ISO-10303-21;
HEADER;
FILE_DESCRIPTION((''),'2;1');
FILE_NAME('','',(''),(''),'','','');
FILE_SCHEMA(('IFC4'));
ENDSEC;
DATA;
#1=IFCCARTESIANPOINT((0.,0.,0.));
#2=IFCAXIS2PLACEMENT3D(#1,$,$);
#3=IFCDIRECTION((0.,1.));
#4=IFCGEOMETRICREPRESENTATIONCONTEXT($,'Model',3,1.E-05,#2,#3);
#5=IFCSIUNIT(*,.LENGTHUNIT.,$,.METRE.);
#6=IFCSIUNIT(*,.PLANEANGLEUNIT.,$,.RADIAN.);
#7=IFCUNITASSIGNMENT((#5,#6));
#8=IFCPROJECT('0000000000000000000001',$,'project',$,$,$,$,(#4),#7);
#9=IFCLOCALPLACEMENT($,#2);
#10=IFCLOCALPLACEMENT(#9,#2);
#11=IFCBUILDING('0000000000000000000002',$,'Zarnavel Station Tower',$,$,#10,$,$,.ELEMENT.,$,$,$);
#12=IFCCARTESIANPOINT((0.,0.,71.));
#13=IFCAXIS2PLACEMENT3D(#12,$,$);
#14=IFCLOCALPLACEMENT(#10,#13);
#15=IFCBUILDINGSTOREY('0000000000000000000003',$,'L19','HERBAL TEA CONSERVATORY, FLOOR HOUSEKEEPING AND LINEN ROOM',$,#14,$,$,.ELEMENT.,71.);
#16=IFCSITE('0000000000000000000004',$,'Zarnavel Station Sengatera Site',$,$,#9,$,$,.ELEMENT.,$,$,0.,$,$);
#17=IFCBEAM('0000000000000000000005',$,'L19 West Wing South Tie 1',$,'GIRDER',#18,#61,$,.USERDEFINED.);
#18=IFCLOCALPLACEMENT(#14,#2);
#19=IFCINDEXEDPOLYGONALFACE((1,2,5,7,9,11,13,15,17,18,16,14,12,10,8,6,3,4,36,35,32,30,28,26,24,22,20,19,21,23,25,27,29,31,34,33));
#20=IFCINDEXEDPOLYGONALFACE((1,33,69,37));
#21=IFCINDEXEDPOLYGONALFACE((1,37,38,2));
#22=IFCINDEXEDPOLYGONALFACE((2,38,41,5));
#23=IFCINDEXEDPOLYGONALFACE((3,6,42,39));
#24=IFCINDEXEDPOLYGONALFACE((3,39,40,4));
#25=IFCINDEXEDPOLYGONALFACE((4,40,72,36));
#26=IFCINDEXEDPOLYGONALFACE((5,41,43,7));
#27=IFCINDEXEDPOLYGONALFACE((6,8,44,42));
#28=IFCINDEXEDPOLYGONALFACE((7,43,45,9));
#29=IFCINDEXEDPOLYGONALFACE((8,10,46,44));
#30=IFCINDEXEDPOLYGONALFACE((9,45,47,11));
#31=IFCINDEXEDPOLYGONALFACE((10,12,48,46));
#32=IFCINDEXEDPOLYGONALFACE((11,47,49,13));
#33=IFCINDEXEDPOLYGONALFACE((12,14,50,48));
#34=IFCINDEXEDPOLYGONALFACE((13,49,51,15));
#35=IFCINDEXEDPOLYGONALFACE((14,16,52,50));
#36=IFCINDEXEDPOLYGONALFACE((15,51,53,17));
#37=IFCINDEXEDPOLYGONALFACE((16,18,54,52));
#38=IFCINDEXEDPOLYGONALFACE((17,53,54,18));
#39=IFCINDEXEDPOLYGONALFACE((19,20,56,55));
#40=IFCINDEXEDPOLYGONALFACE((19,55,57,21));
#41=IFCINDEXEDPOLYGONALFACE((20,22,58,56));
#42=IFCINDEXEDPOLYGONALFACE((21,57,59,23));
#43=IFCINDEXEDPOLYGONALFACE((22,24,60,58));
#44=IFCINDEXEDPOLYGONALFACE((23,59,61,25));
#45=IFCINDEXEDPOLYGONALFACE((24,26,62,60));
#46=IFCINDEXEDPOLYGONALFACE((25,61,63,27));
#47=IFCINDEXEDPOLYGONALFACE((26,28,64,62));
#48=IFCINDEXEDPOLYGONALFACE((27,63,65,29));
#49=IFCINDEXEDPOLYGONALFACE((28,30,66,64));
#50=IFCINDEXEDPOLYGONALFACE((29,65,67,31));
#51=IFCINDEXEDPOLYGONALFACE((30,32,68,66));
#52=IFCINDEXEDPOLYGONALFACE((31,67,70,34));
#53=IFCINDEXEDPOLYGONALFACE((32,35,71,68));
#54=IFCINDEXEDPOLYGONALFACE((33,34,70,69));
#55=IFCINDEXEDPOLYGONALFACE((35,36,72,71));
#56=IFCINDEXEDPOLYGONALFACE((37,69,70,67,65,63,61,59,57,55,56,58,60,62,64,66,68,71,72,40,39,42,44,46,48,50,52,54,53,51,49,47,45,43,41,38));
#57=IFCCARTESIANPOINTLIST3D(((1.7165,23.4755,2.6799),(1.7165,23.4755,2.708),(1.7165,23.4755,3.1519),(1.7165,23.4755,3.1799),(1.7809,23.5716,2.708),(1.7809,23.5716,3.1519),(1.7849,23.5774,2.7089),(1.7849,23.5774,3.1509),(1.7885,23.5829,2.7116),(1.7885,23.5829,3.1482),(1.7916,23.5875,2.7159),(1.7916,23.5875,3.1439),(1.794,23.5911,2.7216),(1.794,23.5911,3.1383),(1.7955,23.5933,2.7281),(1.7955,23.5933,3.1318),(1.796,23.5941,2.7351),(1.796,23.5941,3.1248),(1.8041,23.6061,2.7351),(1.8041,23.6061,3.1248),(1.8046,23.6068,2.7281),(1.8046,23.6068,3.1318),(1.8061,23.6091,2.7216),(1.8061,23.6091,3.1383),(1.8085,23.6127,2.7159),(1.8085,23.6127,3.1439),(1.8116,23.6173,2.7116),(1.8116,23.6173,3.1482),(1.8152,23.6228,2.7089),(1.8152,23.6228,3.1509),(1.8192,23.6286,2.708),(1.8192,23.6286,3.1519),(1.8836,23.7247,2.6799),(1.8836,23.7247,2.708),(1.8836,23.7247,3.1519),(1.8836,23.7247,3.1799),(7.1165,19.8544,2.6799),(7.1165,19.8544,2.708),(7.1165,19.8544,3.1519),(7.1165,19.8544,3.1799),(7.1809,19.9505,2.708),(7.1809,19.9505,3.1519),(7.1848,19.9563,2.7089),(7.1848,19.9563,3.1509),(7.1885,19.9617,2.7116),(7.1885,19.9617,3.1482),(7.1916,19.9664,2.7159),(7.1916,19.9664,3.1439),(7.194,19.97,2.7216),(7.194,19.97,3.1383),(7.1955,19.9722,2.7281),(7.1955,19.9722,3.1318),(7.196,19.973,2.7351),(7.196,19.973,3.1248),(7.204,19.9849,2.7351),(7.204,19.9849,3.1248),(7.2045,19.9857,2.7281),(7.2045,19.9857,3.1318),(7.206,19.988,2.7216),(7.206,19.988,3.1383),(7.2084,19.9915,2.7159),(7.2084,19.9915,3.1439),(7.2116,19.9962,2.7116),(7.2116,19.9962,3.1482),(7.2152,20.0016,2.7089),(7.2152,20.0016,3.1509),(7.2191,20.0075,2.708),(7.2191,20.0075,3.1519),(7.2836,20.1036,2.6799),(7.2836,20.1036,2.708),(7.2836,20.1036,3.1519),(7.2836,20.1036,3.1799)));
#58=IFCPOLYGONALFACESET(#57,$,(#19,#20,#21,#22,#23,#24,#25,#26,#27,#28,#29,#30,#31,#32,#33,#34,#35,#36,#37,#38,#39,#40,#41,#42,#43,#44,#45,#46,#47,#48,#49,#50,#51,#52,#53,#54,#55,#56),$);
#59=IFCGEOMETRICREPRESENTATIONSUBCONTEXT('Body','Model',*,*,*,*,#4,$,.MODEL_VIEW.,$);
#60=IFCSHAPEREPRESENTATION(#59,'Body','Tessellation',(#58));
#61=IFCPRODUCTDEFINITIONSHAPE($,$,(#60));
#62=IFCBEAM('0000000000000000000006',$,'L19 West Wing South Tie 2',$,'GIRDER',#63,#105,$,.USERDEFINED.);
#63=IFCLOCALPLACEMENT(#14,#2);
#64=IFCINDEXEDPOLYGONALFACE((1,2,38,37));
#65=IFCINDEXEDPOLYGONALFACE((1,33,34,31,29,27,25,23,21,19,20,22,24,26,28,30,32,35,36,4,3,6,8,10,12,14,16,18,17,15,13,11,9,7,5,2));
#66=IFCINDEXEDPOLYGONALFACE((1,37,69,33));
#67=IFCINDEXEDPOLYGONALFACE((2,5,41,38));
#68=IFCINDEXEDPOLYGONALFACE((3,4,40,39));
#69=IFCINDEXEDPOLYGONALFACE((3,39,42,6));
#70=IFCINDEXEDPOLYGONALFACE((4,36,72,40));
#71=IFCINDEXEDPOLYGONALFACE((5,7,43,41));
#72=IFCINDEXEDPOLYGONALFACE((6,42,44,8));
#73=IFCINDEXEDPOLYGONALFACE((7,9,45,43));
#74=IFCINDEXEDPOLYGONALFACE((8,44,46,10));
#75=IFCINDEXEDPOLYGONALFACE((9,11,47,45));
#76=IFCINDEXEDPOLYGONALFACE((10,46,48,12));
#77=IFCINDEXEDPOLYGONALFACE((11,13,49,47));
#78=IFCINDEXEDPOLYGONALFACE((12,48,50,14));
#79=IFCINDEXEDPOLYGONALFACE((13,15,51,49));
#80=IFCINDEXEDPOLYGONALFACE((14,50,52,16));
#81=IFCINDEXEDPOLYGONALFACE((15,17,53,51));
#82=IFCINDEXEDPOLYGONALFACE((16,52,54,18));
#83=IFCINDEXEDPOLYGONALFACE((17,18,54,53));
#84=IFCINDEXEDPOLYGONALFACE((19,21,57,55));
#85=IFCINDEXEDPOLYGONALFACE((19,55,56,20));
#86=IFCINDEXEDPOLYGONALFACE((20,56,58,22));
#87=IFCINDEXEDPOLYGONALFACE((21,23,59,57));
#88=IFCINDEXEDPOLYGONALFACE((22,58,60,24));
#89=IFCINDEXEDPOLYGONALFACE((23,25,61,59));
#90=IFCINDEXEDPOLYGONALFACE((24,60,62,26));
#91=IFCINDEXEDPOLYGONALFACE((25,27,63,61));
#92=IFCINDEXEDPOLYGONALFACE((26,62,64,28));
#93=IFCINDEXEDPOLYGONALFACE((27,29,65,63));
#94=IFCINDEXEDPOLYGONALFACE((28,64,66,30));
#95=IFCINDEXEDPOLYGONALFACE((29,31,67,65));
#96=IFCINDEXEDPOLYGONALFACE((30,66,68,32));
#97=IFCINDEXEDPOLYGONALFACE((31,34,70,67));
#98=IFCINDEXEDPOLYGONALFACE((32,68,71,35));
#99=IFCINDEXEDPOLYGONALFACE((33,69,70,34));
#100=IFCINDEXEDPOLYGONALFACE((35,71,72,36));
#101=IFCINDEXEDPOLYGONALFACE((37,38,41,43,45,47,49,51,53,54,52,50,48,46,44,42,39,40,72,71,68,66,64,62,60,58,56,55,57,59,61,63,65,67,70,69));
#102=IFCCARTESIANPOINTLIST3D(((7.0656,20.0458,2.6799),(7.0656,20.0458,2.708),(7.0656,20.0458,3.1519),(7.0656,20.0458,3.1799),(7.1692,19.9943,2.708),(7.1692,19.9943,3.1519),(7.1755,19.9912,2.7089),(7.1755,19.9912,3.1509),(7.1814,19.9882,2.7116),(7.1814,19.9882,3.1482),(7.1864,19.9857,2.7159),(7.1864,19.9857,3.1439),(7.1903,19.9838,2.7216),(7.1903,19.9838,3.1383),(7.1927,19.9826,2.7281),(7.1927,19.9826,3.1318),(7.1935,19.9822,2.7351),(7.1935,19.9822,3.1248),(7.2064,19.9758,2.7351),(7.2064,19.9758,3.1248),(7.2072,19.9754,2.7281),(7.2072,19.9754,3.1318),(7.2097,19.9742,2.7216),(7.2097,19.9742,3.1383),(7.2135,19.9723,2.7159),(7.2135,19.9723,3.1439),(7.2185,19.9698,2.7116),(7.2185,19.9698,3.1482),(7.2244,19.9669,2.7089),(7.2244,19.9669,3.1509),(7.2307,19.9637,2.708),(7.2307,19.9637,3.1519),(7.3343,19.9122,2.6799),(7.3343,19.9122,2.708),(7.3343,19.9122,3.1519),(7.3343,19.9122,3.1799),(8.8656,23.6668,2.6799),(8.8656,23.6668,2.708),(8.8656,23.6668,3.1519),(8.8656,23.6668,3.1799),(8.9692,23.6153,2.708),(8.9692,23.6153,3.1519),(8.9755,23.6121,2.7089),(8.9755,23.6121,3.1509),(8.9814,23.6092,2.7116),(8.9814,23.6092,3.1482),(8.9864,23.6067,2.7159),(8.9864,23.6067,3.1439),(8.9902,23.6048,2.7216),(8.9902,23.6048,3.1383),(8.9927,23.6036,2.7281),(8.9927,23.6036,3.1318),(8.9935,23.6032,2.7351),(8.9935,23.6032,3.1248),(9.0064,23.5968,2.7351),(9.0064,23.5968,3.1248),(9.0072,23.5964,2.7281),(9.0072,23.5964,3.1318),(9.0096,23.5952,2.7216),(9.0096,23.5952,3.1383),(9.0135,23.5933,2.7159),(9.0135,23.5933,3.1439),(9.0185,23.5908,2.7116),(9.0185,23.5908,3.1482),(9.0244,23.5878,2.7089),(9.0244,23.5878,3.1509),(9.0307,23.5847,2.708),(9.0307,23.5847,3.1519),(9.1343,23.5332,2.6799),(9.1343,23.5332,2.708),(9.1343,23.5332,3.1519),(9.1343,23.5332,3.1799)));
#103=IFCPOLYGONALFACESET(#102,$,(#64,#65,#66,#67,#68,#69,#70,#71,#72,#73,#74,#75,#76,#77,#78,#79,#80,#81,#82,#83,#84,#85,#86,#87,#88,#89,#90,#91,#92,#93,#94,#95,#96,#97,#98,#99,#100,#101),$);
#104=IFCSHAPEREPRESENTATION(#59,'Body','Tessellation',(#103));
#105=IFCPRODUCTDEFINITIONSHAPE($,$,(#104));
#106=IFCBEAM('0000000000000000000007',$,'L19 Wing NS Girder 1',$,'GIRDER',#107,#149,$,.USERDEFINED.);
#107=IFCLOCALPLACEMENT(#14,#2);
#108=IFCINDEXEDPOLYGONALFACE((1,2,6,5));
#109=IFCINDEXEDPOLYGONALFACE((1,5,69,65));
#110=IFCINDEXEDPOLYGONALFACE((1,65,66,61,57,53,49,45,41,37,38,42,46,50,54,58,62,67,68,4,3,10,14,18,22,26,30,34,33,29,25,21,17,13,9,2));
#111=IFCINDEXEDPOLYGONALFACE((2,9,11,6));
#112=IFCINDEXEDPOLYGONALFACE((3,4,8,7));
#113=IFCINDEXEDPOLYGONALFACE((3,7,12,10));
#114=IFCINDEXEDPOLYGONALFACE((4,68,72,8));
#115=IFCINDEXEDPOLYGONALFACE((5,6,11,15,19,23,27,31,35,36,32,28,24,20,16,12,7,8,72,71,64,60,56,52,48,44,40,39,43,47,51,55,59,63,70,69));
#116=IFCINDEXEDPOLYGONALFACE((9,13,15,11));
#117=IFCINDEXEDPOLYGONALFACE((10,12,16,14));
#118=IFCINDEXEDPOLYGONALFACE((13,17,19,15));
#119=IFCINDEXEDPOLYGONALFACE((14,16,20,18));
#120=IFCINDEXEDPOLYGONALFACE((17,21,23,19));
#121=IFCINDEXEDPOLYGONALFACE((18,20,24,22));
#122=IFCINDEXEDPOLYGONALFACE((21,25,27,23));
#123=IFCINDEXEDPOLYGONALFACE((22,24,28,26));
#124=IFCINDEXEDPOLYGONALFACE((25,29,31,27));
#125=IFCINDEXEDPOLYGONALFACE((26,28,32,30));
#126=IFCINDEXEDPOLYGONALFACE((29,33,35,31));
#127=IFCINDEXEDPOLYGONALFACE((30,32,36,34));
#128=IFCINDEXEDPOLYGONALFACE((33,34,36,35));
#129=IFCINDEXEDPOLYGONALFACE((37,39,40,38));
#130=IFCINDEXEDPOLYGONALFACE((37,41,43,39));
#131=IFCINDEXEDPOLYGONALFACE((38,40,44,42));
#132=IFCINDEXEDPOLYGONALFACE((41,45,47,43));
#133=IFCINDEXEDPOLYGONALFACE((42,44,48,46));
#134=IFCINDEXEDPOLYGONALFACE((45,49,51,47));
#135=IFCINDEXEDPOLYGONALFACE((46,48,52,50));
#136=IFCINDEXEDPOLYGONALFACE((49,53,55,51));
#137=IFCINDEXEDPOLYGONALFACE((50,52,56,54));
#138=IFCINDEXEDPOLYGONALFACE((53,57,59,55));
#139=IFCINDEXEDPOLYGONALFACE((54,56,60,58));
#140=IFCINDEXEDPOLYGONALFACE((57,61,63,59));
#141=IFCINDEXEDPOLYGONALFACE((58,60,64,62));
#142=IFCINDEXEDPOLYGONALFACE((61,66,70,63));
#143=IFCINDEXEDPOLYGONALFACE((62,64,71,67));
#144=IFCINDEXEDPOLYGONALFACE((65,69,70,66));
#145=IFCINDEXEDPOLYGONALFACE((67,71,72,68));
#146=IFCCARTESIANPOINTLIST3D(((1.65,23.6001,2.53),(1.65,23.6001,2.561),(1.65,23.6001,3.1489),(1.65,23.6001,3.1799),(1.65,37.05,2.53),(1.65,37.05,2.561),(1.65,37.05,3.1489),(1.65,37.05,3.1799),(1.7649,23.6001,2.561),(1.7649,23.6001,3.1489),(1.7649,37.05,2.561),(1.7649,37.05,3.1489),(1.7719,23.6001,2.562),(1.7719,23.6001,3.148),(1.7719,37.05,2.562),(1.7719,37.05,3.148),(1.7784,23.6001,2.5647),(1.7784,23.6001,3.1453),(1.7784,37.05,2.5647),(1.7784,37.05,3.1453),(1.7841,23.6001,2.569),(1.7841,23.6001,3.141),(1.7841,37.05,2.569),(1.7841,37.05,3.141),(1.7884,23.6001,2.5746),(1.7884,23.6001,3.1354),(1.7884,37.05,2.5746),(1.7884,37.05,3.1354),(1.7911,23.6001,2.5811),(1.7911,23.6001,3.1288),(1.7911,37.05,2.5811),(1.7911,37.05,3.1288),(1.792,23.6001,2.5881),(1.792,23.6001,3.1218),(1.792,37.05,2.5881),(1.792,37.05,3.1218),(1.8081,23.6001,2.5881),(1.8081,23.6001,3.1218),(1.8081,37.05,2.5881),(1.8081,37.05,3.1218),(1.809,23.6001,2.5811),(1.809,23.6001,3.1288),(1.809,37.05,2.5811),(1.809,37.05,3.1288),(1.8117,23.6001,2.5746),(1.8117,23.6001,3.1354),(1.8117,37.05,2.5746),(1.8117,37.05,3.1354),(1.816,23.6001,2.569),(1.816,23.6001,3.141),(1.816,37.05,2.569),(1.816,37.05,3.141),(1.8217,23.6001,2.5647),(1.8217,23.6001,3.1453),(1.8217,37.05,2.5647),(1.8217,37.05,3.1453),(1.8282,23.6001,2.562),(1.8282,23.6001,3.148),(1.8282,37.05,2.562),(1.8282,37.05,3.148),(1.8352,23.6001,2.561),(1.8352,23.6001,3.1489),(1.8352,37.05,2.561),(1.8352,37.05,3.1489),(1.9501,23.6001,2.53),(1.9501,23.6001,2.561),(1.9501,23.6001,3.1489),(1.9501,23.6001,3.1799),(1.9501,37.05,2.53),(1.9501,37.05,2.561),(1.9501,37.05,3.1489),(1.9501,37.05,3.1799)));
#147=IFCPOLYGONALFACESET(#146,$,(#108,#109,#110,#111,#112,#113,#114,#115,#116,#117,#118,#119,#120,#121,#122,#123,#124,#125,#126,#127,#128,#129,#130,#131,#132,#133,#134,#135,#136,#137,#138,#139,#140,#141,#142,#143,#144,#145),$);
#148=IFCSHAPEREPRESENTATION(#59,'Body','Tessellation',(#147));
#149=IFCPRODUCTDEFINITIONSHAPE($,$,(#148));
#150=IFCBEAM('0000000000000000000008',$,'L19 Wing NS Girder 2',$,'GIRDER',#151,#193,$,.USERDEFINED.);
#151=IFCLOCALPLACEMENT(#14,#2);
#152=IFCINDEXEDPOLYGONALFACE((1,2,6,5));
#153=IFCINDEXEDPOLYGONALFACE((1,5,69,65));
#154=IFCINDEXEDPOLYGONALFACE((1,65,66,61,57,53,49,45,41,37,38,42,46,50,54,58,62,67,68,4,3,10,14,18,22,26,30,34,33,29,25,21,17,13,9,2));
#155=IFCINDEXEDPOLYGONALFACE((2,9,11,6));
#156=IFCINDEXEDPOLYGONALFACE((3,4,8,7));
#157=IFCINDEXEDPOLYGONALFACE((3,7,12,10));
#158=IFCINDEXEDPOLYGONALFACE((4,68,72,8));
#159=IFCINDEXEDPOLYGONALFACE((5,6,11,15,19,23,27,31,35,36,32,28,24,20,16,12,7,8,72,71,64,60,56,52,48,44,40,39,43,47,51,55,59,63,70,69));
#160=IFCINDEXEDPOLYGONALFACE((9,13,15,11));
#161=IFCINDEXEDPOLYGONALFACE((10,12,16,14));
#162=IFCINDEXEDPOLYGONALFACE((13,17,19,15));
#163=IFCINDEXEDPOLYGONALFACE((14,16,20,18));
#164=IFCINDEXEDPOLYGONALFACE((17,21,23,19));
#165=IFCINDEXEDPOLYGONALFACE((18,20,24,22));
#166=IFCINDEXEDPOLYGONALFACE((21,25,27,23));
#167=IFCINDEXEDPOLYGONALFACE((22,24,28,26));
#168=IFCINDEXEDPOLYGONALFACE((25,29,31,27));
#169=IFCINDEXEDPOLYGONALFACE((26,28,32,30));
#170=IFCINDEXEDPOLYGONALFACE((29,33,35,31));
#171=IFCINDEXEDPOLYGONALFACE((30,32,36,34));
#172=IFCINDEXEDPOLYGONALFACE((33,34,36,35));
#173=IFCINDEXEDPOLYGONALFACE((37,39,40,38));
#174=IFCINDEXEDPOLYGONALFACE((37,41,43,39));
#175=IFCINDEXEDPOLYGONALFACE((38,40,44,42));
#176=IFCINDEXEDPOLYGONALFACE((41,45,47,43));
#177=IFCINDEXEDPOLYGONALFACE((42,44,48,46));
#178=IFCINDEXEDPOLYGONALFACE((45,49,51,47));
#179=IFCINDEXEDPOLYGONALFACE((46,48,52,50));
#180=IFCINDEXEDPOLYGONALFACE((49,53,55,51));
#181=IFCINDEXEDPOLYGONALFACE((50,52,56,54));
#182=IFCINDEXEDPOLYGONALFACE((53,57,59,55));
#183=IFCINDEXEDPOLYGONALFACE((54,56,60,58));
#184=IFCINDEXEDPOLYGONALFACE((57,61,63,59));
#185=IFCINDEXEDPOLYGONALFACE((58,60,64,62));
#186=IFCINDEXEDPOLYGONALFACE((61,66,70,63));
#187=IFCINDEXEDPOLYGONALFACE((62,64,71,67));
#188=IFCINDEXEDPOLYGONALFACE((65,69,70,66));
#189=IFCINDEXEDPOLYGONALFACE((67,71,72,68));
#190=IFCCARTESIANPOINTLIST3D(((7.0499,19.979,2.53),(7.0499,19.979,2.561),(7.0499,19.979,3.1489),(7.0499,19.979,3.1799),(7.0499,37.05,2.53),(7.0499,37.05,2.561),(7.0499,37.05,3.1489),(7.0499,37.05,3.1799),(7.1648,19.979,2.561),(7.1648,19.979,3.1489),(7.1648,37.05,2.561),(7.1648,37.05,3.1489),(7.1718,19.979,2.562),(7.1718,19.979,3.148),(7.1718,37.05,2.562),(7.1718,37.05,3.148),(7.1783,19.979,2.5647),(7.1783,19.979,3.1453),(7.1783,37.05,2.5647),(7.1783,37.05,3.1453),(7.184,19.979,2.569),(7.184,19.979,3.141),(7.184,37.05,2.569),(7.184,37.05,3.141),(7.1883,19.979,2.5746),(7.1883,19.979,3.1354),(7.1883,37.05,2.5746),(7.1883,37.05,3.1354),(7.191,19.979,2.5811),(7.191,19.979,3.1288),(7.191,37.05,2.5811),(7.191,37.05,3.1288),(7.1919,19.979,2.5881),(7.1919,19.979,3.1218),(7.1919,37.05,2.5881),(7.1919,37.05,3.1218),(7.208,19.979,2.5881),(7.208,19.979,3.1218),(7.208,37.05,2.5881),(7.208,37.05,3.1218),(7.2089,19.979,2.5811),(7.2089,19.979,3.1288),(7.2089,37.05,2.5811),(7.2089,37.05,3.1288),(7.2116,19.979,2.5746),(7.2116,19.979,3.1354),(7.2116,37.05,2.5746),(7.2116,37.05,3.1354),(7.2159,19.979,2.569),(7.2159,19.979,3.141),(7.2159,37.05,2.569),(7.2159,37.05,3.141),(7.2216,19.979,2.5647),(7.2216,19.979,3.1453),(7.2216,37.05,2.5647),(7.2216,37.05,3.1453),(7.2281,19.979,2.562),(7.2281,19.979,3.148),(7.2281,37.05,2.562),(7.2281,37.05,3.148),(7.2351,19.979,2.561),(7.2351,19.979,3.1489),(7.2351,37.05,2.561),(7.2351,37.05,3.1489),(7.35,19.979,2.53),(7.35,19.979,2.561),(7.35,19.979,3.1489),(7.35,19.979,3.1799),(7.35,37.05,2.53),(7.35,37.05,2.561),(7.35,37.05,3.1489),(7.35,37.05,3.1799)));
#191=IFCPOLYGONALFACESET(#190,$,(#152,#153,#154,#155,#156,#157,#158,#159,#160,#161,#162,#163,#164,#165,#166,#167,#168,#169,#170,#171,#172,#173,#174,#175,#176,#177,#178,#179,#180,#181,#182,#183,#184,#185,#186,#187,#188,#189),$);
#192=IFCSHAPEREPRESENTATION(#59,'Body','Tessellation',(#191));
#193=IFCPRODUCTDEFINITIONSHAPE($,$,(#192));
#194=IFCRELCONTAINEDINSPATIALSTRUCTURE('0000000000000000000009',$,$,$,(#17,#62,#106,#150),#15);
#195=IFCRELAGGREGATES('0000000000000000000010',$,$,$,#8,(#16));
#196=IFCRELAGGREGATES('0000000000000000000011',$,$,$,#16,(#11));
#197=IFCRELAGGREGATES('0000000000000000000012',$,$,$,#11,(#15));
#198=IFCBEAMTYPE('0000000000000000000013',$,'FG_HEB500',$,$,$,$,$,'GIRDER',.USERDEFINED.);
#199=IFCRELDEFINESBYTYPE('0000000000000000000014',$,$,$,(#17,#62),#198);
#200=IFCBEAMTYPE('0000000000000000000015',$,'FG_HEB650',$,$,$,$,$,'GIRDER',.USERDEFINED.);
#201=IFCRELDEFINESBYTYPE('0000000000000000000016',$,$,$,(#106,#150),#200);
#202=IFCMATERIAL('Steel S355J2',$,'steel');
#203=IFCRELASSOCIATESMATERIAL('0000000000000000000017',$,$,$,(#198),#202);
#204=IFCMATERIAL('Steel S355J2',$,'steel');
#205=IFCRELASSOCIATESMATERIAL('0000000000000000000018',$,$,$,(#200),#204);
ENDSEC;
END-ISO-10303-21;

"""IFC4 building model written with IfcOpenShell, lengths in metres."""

from ifc_helpers import new_model, si_unit, direction, frame, origin, origin_2d, place, context, subcontext, project, spatial, i_section, extrude, material, material_profile, profile_set, type_object, element, save


model = new_model("IFC4")

# Units and contexts
model_context = context("Model", 3, precision=1e-05, world=origin(), true_north=direction((0.0, 1.0)))
body_context = subcontext(model_context, "Body", "Model", "MODEL_VIEW")
ifc_project = project(units=[si_unit("LENGTHUNIT", "METRE"), si_unit("PLANEANGLEUNIT", "RADIAN")], contexts=[model_context])

# Site, building, storey
site_placement = place(None, origin())
site = spatial("IfcSite", under=ifc_project, at=site_placement, Name="Zarnavel Station Sengatera Site", CompositionType="ELEMENT", RefElevation=0.0)
building_placement = place(site_placement, origin())
building = spatial("IfcBuilding", under=site, at=building_placement, Name="Zarnavel Station Tower", CompositionType="ELEMENT")
storey_placement = place(building_placement, frame((0.0, 0.0, 71.0)))
storey = spatial("IfcBuildingStorey", under=building, at=storey_placement, Name="L19", Description="HERBAL TEA CONSERVATORY, FLOOR HOUSEKEEPING AND LINEN ROOM", CompositionType="ELEMENT", Elevation=71.0)

# Beams
ifc_material_1 = material(Name="Steel S355J2", Category="steel")
ifc_material_profile_1 = material_profile(ifc_material_1, i_section(OverallWidth=0.3, OverallDepth=0.5, WebThickness=0.0144, FlangeThickness=0.0281, FilletRadius=0.0271, at=origin_2d()), Name="HEB500")
ifc_profile_set_1 = profile_set([ifc_material_profile_1], Name="Steel S355J2")
beam_type_1 = type_object("IfcBeamType", Name="FG_HEB500", ElementType="GIRDER", PredefinedType="USERDEFINED", material=ifc_profile_set_1)
beam_1_placement = place(storey_placement, frame((1.8, 23.6001, 2.9299), z_axis=(0.830545, -0.556951, 0.0), x_axis=(0.556951, 0.830545, 0.0)))
element("IfcBeam", 1, at=beam_1_placement, inside=storey, type_object=beam_type_1, Name="L19 West Wing South Tie 1", ObjectType="GIRDER", PredefinedType="USERDEFINED", context=body_context, shape_type="SweptSolid", body=[
    extrude(i_section(OverallWidth=0.3, OverallDepth=0.5, WebThickness=0.0144, FlangeThickness=0.0281, FilletRadius=0.0271, at=origin_2d()), origin(), (0.0, 0.0, 1.0), 6.5017),
])
beam_2_placement = place(storey_placement, frame((7.2, 19.979, 2.9299), z_axis=(0.445136, 0.895463, 0.0), x_axis=(-0.895463, 0.445136, 0.0)))
element("IfcBeam", 2, at=beam_2_placement, inside=storey, type_object=beam_type_1, Name="L19 West Wing South Tie 2", ObjectType="GIRDER", PredefinedType="USERDEFINED", context=body_context, shape_type="SweptSolid", body=[
    extrude(i_section(OverallWidth=0.3, OverallDepth=0.5, WebThickness=0.0144, FlangeThickness=0.0281, FilletRadius=0.0271, at=origin_2d()), origin(), (0.0, 0.0, 1.0), 4.0437),
])
ifc_material_2 = material(Name="Steel S355J2", Category="steel")
ifc_material_profile_2 = material_profile(ifc_material_2, i_section(OverallWidth=0.3, OverallDepth=0.6499, WebThickness=0.0161, FlangeThickness=0.031, FilletRadius=0.0271, at=origin_2d()), Name="HEB650")
ifc_profile_set_2 = profile_set([ifc_material_profile_2], Name="Steel S355J2")
beam_type_2 = type_object("IfcBeamType", Name="FG_HEB650", ElementType="GIRDER", PredefinedType="USERDEFINED", material=ifc_profile_set_2)
beam_3_placement = place(storey_placement, frame((1.8, 23.6001, 2.855), z_axis=(0.0, 1.0, 0.0), x_axis=(-1.0, 0.0, 0.0)))
element("IfcBeam", 3, at=beam_3_placement, inside=storey, type_object=beam_type_2, Name="L19 Wing NS Girder 1", ObjectType="GIRDER", PredefinedType="USERDEFINED", context=body_context, shape_type="SweptSolid", body=[
    extrude(i_section(OverallWidth=0.3, OverallDepth=0.6499, WebThickness=0.0161, FlangeThickness=0.031, FilletRadius=0.0271, at=origin_2d()), origin(), (0.0, 0.0, 1.0), 13.45),
])
beam_4_placement = place(storey_placement, frame((7.2, 19.979, 2.855), z_axis=(0.0, 1.0, 0.0), x_axis=(-1.0, 0.0, 0.0)))
element("IfcBeam", 4, at=beam_4_placement, inside=storey, type_object=beam_type_2, Name="L19 Wing NS Girder 2", ObjectType="GIRDER", PredefinedType="USERDEFINED", context=body_context, shape_type="SweptSolid", body=[
    extrude(i_section(OverallWidth=0.3, OverallDepth=0.6499, WebThickness=0.0161, FlangeThickness=0.031, FilletRadius=0.0271, at=origin_2d()), origin(), (0.0, 0.0, 1.0), 17.071),
])

save(model, "model.ifc")
